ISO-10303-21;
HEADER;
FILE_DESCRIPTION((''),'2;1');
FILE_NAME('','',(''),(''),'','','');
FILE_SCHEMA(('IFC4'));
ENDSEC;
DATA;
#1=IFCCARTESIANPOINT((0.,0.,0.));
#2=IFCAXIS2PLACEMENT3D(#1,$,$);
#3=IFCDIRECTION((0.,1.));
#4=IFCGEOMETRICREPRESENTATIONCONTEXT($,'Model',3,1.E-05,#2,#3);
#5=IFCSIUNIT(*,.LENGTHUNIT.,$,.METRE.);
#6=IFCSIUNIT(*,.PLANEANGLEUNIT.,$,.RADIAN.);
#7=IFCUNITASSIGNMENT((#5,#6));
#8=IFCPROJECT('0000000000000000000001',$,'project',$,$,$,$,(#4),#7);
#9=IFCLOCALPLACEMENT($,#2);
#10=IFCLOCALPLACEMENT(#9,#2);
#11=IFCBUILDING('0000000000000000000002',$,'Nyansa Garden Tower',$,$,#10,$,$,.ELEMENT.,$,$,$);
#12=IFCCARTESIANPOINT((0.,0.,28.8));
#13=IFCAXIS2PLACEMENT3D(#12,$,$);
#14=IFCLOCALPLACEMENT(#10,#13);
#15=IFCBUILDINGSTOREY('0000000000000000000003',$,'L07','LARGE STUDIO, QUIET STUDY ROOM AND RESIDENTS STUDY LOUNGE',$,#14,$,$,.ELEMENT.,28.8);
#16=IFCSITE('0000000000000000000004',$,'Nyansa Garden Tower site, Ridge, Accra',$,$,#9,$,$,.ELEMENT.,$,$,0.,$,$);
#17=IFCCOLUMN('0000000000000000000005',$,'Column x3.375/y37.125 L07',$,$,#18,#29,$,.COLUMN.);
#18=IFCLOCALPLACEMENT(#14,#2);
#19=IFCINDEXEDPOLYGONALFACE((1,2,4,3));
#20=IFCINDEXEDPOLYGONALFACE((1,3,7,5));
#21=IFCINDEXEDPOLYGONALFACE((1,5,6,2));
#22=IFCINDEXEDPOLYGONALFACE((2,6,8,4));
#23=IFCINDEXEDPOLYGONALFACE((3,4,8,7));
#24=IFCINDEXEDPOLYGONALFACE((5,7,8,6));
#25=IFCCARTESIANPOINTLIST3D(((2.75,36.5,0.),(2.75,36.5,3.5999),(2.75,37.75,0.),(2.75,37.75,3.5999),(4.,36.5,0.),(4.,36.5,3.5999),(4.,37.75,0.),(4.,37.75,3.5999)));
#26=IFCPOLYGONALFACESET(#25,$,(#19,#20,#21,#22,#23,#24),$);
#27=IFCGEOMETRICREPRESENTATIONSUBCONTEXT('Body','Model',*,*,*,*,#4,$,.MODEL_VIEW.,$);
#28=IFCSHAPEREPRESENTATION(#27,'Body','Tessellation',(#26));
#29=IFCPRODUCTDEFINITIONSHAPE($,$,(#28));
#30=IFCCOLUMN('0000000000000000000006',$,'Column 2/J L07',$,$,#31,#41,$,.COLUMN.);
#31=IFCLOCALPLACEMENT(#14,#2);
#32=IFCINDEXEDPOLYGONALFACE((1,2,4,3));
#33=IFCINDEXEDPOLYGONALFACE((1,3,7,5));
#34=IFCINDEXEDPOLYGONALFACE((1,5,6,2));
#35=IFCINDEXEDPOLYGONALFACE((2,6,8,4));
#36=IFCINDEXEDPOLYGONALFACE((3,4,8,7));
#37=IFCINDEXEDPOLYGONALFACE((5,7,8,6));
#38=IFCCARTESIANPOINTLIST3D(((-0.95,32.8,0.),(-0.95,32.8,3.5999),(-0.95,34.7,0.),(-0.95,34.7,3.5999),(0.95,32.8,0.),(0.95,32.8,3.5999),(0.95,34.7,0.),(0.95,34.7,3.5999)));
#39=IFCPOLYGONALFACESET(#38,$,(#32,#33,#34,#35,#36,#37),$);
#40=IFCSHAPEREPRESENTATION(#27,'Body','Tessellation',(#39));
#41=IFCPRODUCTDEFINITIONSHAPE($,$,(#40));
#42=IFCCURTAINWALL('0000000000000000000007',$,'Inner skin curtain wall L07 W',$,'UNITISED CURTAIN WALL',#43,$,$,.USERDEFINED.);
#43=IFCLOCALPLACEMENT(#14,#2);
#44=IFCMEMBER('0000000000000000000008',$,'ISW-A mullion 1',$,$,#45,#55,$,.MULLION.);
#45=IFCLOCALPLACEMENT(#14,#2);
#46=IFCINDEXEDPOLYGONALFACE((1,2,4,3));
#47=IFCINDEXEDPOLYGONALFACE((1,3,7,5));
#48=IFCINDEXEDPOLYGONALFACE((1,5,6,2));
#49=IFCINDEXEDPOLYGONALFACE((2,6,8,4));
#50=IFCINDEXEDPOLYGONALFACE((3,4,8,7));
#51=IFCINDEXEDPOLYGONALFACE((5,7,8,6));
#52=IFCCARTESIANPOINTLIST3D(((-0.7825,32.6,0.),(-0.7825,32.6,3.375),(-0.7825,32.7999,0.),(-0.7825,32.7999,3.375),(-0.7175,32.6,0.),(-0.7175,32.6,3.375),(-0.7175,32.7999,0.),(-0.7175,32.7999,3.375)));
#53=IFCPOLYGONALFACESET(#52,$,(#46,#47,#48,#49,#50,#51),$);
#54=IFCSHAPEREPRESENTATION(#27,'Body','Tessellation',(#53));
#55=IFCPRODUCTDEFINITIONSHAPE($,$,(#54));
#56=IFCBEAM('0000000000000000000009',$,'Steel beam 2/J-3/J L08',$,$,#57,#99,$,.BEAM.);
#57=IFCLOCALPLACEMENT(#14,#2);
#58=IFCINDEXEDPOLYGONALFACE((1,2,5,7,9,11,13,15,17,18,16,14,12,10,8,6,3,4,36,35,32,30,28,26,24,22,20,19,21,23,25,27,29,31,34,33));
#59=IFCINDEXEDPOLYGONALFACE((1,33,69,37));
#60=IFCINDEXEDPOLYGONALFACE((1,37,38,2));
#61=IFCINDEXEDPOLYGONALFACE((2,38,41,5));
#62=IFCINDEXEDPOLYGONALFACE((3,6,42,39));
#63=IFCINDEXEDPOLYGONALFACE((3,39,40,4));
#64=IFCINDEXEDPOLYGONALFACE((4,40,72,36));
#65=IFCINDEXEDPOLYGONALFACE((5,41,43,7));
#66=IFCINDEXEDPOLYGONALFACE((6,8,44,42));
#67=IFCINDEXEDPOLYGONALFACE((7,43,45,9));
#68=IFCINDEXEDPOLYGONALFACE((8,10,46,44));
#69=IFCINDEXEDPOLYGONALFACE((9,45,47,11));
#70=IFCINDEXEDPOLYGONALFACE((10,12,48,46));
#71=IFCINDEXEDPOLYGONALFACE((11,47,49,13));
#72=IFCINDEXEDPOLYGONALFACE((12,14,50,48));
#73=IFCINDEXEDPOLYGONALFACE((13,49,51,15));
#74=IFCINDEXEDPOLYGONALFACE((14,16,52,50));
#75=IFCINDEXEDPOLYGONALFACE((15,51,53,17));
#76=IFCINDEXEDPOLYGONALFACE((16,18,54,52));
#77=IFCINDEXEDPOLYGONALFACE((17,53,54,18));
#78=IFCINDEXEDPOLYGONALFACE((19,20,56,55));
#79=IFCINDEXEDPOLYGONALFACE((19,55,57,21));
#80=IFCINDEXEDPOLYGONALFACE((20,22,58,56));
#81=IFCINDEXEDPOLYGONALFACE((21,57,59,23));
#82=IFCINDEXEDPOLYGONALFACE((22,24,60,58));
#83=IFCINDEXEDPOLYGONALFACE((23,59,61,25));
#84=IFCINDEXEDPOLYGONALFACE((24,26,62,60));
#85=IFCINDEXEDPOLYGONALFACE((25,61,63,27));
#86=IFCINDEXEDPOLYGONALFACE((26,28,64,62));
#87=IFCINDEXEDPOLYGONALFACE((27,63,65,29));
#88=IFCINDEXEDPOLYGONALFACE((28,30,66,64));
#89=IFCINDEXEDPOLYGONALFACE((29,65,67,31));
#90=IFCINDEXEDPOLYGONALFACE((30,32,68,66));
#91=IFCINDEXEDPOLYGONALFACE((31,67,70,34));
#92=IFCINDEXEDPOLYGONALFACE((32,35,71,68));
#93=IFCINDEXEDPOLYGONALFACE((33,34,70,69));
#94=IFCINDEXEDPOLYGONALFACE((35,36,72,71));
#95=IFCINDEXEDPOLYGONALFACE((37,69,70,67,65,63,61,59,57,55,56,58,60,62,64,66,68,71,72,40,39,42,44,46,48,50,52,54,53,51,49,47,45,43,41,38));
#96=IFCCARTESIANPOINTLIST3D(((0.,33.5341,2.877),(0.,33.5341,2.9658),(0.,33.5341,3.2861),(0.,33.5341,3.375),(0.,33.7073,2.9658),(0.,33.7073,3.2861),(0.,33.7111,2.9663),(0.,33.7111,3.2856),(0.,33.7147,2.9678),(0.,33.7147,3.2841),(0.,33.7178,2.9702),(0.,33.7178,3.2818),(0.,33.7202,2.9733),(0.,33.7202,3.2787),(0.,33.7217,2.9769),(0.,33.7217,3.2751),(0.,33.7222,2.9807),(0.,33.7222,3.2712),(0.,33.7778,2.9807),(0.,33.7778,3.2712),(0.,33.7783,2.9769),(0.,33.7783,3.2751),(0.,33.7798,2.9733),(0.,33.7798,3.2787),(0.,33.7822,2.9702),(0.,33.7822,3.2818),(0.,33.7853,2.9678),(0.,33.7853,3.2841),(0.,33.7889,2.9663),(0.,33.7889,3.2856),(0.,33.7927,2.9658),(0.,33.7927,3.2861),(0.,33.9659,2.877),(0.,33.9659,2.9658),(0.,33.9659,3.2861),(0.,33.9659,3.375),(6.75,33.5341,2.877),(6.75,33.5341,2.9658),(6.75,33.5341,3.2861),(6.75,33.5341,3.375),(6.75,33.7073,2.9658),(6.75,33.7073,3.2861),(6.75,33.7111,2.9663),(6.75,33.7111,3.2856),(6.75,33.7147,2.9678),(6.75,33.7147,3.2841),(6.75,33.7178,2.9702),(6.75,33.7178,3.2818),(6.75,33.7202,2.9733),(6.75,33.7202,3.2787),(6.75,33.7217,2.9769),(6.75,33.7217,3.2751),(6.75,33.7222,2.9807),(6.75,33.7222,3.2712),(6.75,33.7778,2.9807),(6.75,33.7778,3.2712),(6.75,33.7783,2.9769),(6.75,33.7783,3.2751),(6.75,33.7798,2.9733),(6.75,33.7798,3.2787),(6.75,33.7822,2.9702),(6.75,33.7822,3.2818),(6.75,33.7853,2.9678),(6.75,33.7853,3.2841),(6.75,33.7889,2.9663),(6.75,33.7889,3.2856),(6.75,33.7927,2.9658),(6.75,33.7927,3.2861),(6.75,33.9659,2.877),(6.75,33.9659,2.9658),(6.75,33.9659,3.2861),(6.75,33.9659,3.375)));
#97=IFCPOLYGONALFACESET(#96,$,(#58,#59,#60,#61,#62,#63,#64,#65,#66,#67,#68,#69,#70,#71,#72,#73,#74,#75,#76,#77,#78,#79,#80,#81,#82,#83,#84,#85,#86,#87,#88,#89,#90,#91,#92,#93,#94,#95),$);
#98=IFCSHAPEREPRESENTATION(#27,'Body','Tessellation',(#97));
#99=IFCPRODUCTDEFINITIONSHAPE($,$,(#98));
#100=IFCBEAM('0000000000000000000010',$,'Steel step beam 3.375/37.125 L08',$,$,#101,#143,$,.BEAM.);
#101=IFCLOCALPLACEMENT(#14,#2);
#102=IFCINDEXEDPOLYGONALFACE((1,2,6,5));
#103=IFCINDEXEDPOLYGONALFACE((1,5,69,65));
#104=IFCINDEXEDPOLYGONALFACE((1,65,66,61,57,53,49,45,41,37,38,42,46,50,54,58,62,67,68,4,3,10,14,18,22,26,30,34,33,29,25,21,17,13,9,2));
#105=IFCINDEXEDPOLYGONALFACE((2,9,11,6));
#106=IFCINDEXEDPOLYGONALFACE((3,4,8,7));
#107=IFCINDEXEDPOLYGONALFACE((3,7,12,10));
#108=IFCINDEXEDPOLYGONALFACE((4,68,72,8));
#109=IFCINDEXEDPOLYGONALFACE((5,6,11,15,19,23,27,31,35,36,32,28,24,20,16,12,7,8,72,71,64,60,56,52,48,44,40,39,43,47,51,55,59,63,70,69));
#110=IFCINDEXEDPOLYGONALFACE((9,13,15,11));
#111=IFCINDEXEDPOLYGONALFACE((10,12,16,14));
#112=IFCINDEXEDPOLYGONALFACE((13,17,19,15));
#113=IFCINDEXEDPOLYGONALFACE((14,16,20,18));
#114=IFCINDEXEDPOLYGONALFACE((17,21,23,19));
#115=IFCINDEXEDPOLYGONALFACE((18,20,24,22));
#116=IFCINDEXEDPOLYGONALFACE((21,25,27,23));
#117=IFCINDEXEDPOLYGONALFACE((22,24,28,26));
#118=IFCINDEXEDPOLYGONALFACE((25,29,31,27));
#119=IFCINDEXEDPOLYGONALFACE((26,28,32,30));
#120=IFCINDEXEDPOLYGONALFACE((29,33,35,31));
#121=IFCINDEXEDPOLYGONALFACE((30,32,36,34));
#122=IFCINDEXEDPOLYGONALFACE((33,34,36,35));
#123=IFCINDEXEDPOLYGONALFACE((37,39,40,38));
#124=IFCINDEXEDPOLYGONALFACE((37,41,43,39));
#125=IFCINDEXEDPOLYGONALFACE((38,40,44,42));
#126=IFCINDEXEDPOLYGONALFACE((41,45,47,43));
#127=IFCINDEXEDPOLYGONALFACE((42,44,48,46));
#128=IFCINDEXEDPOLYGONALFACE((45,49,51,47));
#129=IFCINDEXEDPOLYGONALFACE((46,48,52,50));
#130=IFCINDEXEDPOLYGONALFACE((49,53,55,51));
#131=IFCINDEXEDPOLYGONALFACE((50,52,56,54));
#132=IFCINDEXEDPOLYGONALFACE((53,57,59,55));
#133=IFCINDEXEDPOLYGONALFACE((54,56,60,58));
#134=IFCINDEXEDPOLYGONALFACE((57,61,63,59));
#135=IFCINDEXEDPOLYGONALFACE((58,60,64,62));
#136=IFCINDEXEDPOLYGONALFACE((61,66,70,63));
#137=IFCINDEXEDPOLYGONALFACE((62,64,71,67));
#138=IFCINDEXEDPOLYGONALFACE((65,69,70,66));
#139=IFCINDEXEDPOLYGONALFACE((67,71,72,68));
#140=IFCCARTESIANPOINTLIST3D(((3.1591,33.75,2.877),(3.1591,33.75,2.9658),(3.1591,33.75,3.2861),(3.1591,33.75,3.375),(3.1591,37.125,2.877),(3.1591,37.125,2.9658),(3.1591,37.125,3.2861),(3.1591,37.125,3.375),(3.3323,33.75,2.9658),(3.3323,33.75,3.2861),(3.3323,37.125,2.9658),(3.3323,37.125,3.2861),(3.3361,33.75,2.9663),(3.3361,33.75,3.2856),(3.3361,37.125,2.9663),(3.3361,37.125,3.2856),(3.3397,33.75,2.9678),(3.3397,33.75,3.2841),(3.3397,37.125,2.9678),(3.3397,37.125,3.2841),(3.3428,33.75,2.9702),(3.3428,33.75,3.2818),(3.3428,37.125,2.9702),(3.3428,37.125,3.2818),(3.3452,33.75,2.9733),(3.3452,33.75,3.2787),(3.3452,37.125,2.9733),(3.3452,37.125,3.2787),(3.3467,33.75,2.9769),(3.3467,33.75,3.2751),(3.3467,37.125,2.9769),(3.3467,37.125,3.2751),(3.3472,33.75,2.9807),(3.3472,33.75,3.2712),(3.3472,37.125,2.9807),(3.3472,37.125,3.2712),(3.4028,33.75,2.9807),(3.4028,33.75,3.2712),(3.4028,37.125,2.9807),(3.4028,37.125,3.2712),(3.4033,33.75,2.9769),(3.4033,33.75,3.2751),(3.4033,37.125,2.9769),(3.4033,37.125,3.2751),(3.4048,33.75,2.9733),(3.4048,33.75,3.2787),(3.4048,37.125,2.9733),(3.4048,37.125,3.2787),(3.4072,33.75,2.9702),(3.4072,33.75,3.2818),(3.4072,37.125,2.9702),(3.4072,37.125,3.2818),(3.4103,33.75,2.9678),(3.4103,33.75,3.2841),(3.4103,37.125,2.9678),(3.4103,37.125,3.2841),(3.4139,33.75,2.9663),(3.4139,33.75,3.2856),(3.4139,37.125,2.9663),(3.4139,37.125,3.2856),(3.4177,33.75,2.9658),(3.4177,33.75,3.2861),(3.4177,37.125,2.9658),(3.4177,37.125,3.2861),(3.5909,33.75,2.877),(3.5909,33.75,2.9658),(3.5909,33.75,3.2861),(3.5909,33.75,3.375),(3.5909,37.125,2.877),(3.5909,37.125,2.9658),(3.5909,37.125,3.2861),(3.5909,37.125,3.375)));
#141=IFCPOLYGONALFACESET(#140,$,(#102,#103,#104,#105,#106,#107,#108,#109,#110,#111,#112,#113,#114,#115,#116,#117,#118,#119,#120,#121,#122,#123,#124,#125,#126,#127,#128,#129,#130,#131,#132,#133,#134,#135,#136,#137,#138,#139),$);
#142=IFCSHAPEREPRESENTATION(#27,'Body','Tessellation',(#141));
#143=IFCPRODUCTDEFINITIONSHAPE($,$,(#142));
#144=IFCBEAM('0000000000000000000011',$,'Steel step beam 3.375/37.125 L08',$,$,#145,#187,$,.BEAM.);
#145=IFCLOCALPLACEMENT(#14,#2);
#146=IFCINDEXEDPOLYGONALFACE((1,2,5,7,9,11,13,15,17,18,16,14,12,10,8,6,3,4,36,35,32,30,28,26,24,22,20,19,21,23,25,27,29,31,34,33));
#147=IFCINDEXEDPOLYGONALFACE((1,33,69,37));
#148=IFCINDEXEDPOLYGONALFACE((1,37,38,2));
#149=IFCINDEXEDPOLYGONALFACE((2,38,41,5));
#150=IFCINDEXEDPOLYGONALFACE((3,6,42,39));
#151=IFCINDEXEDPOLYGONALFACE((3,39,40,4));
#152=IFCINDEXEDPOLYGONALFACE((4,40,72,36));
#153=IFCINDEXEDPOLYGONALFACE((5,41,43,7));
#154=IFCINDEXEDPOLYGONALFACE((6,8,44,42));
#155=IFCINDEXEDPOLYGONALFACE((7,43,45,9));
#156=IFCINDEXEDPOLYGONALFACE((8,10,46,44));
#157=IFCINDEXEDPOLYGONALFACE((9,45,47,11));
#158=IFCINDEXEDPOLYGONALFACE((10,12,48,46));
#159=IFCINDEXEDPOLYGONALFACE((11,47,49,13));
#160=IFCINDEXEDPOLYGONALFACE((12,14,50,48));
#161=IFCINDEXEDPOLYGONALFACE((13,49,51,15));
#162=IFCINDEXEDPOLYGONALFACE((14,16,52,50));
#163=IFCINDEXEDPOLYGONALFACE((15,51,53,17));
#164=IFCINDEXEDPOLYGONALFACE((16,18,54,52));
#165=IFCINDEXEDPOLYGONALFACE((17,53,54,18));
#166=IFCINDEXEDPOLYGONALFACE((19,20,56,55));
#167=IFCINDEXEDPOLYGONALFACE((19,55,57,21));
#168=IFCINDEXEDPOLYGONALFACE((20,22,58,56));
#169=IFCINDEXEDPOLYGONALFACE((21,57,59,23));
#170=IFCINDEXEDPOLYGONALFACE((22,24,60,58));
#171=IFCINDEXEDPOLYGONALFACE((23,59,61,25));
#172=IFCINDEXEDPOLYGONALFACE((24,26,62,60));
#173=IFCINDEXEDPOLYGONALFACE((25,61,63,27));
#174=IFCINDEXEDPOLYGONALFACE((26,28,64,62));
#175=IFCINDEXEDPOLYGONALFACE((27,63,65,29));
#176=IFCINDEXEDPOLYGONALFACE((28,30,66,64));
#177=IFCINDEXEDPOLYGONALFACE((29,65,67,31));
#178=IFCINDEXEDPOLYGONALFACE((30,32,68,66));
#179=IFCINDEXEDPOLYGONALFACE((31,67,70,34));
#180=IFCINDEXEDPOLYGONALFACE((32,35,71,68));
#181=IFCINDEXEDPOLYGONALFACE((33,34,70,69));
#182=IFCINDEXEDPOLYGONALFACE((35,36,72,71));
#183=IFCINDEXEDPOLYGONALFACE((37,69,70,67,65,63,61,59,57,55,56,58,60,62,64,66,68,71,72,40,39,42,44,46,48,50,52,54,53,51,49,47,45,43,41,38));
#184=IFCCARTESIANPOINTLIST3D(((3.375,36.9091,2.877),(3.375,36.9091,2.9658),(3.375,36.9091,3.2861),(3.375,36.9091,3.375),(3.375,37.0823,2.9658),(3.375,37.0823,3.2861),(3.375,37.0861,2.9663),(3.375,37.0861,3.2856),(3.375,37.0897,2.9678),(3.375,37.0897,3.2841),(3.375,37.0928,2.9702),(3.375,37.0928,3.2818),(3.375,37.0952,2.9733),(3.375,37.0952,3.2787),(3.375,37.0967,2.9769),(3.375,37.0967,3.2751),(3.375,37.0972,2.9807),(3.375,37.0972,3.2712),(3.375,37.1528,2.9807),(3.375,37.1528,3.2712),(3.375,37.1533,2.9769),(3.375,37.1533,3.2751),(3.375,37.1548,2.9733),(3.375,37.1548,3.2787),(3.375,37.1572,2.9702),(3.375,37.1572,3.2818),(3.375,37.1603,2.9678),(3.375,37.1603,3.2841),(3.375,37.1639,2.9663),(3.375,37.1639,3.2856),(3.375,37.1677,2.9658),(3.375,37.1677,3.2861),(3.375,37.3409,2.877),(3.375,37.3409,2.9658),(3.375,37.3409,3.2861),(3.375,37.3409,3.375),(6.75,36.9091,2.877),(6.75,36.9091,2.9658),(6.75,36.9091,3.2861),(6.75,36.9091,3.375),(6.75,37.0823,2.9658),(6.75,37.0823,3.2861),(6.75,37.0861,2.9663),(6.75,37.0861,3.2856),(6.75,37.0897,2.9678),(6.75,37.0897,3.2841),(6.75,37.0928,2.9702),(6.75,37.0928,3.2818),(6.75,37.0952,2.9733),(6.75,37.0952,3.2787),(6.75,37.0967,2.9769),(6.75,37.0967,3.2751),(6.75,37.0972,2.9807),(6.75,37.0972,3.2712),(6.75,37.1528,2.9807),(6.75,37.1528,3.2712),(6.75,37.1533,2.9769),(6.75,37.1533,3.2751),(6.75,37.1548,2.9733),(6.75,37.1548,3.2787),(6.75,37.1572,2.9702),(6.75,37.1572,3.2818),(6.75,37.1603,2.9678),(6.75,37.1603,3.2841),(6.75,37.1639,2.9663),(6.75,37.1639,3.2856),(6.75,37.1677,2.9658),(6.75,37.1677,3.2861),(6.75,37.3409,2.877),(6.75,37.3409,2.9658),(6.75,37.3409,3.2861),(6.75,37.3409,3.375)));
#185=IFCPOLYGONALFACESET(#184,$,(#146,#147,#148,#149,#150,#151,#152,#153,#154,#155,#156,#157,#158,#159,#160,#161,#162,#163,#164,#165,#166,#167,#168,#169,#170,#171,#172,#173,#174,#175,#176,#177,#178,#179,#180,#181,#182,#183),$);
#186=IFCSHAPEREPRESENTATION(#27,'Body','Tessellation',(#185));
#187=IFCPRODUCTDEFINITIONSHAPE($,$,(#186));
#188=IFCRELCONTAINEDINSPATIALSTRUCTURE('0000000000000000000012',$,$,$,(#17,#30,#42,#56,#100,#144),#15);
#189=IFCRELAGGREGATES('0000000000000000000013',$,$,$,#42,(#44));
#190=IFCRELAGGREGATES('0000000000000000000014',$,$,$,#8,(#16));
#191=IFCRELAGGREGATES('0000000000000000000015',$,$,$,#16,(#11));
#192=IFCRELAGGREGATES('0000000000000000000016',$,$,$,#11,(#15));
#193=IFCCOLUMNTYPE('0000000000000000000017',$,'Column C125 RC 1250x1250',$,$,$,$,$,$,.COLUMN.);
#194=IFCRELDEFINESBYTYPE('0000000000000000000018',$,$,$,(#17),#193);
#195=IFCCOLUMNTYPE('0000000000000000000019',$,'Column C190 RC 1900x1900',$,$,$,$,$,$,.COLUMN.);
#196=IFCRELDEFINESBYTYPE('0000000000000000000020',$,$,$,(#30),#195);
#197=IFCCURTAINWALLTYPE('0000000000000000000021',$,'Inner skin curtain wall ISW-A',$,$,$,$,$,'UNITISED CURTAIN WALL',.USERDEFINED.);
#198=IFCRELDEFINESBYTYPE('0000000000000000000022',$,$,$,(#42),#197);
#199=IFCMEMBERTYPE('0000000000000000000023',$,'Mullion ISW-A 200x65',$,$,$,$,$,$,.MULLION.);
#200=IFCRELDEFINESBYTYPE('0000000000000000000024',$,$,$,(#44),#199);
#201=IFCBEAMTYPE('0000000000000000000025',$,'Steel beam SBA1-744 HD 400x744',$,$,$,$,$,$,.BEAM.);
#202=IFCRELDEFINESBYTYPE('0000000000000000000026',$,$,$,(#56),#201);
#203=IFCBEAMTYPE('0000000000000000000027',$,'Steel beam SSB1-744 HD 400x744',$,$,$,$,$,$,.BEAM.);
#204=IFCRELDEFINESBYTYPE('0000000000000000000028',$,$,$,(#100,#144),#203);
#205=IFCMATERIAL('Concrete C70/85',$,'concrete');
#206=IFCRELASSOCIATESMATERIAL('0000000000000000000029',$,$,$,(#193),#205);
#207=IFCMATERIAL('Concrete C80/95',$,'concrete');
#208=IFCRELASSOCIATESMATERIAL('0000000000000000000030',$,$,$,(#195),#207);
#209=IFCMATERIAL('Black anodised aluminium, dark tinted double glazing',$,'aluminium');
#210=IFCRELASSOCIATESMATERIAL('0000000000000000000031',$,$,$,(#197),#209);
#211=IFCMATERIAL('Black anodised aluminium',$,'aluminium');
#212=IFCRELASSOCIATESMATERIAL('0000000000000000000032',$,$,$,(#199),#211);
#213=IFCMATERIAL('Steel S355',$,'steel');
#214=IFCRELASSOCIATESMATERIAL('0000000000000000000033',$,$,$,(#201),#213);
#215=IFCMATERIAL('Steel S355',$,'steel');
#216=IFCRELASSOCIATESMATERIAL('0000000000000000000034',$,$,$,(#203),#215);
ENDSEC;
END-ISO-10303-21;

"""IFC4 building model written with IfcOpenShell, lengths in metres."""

from ifc_helpers import new_model, si_unit, direction, frame, origin, origin_2d, place, context, subcontext, project, spatial, rectangle, i_section, extrude, material, material_profile, profile_set, type_object, element, aggregate, save


model = new_model("IFC4")

# Units and contexts
model_context = context("Model", 3, precision=1e-05, world=origin(), true_north=direction((0.0, 1.0)))
body_context = subcontext(model_context, "Body", "Model", "MODEL_VIEW")
ifc_project = project(units=[si_unit("LENGTHUNIT", "METRE"), si_unit("PLANEANGLEUNIT", "RADIAN")], contexts=[model_context])

# Site, building, storey
site_placement = place(None, origin())
site = spatial("IfcSite", under=ifc_project, at=site_placement, Name="Nyansa Garden Tower site, Ridge, Accra", CompositionType="ELEMENT", RefElevation=0.0)
building_placement = place(site_placement, origin())
building = spatial("IfcBuilding", under=site, at=building_placement, Name="Nyansa Garden Tower", CompositionType="ELEMENT")
storey_placement = place(building_placement, frame((0.0, 0.0, 28.8)))
storey = spatial("IfcBuildingStorey", under=building, at=storey_placement, Name="L07", Description="LARGE STUDIO, QUIET STUDY ROOM AND RESIDENTS STUDY LOUNGE", CompositionType="ELEMENT", Elevation=28.8)

# Columns
ifc_material_1 = material(Name="Concrete C70/85", Category="concrete")
ifc_material_profile_1 = material_profile(ifc_material_1, rectangle(XDim=1.25, YDim=1.25, at=origin_2d()), Name="RC 1250x1250")
ifc_profile_set_1 = profile_set([ifc_material_profile_1], Name="Concrete C70/85")
column_type_1 = type_object("IfcColumnType", Name="Column C125 RC 1250x1250", PredefinedType="COLUMN", material=ifc_profile_set_1)
column_1_placement = place(storey_placement, frame((3.375, 37.125, 0.0), z_axis=(0.0, 0.0, 1.0), x_axis=(1.0, 0.0, 0.0)))
element("IfcColumn", 1, at=column_1_placement, inside=storey, type_object=column_type_1, Name="Column x3.375/y37.125 L07", PredefinedType="COLUMN", context=body_context, shape_type="SweptSolid", body=[
    extrude(rectangle(XDim=1.25, YDim=1.25, at=origin_2d()), origin(), (0.0, 0.0, 1.0), 3.5999),
])
ifc_material_2 = material(Name="Concrete C80/95", Category="concrete")
ifc_material_profile_2 = material_profile(ifc_material_2, rectangle(XDim=1.8999, YDim=1.8999, at=origin_2d()), Name="RC 1900x1900")
ifc_profile_set_2 = profile_set([ifc_material_profile_2], Name="Concrete C80/95")
column_type_2 = type_object("IfcColumnType", Name="Column C190 RC 1900x1900", PredefinedType="COLUMN", material=ifc_profile_set_2)
column_2_placement = place(storey_placement, frame((0.0, 33.75, 0.0), z_axis=(0.0, 0.0, 1.0), x_axis=(1.0, 0.0, 0.0)))
element("IfcColumn", 2, at=column_2_placement, inside=storey, type_object=column_type_2, Name="Column 2/J L07", PredefinedType="COLUMN", context=body_context, shape_type="SweptSolid", body=[
    extrude(rectangle(XDim=1.8999, YDim=1.8999, at=origin_2d()), origin(), (0.0, 0.0, 1.0), 3.5999),
])

# Curtain wall, member
ifc_material_3 = material(Name="Black anodised aluminium, dark tinted double glazing", Category="aluminium")
curtain_wall_type = type_object("IfcCurtainWallType", Name="Inner skin curtain wall ISW-A", ElementType="UNITISED CURTAIN WALL", PredefinedType="USERDEFINED", material=ifc_material_3)
curtain_wall_placement = place(storey_placement, origin())
curtain_wall = element("IfcCurtainWall", 3, at=curtain_wall_placement, inside=storey, type_object=curtain_wall_type, Name="Inner skin curtain wall L07 W", ObjectType="UNITISED CURTAIN WALL", PredefinedType="USERDEFINED")
ifc_material_4 = material(Name="Black anodised aluminium", Category="aluminium")
ifc_material_profile_3 = material_profile(ifc_material_4, rectangle(XDim=0.0649, YDim=0.2, at=origin_2d()), Name="Mullion 200x65")
ifc_profile_set_3 = profile_set([ifc_material_profile_3], Name="Black anodised aluminium")
member_type_1 = type_object("IfcMemberType", Name="Mullion ISW-A 200x65", PredefinedType="MULLION", material=ifc_profile_set_3)
member_1_placement = place(storey_placement, frame((-0.75, 32.7, 0.0), z_axis=(0.0, 0.0, 1.0), x_axis=(1.0, 0.0, 0.0)))
member_1 = element("IfcMember", 4, at=member_1_placement, type_object=member_type_1, Name="ISW-A mullion 1", PredefinedType="MULLION", context=body_context, shape_type="SweptSolid", body=[
    extrude(rectangle(XDim=0.0649, YDim=0.2, at=origin_2d()), origin(), (0.0, 0.0, 1.0), 3.375),
])

# Beams
ifc_material_5 = material(Name="Steel S355", Category="steel")
ifc_material_profile_4 = material_profile(ifc_material_5, i_section(OverallWidth=0.4319, OverallDepth=0.498, WebThickness=0.0557, FlangeThickness=0.0889, FilletRadius=0.0149, at=origin_2d()), Name="HD 400x744")
ifc_profile_set_4 = profile_set([ifc_material_profile_4], Name="Steel S355")
beam_type_1 = type_object("IfcBeamType", Name="Steel beam SBA1-744 HD 400x744", PredefinedType="BEAM", material=ifc_profile_set_4)
beam_placement = place(storey_placement, frame((0.0, 33.75, 3.126), z_axis=(1.0, 0.0, 0.0), x_axis=(0.0, 1.0, 0.0)))
element("IfcBeam", 5, at=beam_placement, inside=storey, type_object=beam_type_1, Name="Steel beam 2/J-3/J L08", PredefinedType="BEAM", context=body_context, shape_type="SweptSolid", body=[
    extrude(i_section(OverallWidth=0.4319, OverallDepth=0.498, WebThickness=0.0557, FlangeThickness=0.0889, FilletRadius=0.0149, at=origin_2d()), origin(), (0.0, 0.0, 1.0), 6.75),
])
ifc_material_6 = material(Name="Steel S355", Category="steel")
ifc_material_profile_5 = material_profile(ifc_material_6, i_section(OverallWidth=0.4319, OverallDepth=0.498, WebThickness=0.0557, FlangeThickness=0.0889, FilletRadius=0.0149, at=origin_2d()), Name="HD 400x744")
ifc_profile_set_5 = profile_set([ifc_material_profile_5], Name="Steel S355")
beam_type_2 = type_object("IfcBeamType", Name="Steel beam SSB1-744 HD 400x744", PredefinedType="BEAM", material=ifc_profile_set_5)
for number, where, z_axis, x_axis, name in (
    (6, (3.375, 37.125, 3.126), (0.0, -1.0, 0.0), (1.0, 0.0, 0.0), "Steel step beam 3.375/37.125 L08"),
    (7, (3.375, 37.125, 3.126), (1.0, 0.0, 0.0), (0.0, 1.0, 0.0), "Steel step beam 3.375/37.125 L08"),
):
    element("IfcBeam", number, at=place(storey_placement, frame(where, z_axis=z_axis, x_axis=x_axis)), inside=storey, type_object=beam_type_2, Name=name, PredefinedType="BEAM", context=body_context, shape_type="SweptSolid", body=[
        extrude(i_section(OverallWidth=0.4319, OverallDepth=0.498, WebThickness=0.0557, FlangeThickness=0.0889, FilletRadius=0.0149, at=origin_2d()), origin(), (0.0, 0.0, 1.0), 3.375),
    ])

aggregate(curtain_wall, [member_1])

save(model, "model.ifc")
